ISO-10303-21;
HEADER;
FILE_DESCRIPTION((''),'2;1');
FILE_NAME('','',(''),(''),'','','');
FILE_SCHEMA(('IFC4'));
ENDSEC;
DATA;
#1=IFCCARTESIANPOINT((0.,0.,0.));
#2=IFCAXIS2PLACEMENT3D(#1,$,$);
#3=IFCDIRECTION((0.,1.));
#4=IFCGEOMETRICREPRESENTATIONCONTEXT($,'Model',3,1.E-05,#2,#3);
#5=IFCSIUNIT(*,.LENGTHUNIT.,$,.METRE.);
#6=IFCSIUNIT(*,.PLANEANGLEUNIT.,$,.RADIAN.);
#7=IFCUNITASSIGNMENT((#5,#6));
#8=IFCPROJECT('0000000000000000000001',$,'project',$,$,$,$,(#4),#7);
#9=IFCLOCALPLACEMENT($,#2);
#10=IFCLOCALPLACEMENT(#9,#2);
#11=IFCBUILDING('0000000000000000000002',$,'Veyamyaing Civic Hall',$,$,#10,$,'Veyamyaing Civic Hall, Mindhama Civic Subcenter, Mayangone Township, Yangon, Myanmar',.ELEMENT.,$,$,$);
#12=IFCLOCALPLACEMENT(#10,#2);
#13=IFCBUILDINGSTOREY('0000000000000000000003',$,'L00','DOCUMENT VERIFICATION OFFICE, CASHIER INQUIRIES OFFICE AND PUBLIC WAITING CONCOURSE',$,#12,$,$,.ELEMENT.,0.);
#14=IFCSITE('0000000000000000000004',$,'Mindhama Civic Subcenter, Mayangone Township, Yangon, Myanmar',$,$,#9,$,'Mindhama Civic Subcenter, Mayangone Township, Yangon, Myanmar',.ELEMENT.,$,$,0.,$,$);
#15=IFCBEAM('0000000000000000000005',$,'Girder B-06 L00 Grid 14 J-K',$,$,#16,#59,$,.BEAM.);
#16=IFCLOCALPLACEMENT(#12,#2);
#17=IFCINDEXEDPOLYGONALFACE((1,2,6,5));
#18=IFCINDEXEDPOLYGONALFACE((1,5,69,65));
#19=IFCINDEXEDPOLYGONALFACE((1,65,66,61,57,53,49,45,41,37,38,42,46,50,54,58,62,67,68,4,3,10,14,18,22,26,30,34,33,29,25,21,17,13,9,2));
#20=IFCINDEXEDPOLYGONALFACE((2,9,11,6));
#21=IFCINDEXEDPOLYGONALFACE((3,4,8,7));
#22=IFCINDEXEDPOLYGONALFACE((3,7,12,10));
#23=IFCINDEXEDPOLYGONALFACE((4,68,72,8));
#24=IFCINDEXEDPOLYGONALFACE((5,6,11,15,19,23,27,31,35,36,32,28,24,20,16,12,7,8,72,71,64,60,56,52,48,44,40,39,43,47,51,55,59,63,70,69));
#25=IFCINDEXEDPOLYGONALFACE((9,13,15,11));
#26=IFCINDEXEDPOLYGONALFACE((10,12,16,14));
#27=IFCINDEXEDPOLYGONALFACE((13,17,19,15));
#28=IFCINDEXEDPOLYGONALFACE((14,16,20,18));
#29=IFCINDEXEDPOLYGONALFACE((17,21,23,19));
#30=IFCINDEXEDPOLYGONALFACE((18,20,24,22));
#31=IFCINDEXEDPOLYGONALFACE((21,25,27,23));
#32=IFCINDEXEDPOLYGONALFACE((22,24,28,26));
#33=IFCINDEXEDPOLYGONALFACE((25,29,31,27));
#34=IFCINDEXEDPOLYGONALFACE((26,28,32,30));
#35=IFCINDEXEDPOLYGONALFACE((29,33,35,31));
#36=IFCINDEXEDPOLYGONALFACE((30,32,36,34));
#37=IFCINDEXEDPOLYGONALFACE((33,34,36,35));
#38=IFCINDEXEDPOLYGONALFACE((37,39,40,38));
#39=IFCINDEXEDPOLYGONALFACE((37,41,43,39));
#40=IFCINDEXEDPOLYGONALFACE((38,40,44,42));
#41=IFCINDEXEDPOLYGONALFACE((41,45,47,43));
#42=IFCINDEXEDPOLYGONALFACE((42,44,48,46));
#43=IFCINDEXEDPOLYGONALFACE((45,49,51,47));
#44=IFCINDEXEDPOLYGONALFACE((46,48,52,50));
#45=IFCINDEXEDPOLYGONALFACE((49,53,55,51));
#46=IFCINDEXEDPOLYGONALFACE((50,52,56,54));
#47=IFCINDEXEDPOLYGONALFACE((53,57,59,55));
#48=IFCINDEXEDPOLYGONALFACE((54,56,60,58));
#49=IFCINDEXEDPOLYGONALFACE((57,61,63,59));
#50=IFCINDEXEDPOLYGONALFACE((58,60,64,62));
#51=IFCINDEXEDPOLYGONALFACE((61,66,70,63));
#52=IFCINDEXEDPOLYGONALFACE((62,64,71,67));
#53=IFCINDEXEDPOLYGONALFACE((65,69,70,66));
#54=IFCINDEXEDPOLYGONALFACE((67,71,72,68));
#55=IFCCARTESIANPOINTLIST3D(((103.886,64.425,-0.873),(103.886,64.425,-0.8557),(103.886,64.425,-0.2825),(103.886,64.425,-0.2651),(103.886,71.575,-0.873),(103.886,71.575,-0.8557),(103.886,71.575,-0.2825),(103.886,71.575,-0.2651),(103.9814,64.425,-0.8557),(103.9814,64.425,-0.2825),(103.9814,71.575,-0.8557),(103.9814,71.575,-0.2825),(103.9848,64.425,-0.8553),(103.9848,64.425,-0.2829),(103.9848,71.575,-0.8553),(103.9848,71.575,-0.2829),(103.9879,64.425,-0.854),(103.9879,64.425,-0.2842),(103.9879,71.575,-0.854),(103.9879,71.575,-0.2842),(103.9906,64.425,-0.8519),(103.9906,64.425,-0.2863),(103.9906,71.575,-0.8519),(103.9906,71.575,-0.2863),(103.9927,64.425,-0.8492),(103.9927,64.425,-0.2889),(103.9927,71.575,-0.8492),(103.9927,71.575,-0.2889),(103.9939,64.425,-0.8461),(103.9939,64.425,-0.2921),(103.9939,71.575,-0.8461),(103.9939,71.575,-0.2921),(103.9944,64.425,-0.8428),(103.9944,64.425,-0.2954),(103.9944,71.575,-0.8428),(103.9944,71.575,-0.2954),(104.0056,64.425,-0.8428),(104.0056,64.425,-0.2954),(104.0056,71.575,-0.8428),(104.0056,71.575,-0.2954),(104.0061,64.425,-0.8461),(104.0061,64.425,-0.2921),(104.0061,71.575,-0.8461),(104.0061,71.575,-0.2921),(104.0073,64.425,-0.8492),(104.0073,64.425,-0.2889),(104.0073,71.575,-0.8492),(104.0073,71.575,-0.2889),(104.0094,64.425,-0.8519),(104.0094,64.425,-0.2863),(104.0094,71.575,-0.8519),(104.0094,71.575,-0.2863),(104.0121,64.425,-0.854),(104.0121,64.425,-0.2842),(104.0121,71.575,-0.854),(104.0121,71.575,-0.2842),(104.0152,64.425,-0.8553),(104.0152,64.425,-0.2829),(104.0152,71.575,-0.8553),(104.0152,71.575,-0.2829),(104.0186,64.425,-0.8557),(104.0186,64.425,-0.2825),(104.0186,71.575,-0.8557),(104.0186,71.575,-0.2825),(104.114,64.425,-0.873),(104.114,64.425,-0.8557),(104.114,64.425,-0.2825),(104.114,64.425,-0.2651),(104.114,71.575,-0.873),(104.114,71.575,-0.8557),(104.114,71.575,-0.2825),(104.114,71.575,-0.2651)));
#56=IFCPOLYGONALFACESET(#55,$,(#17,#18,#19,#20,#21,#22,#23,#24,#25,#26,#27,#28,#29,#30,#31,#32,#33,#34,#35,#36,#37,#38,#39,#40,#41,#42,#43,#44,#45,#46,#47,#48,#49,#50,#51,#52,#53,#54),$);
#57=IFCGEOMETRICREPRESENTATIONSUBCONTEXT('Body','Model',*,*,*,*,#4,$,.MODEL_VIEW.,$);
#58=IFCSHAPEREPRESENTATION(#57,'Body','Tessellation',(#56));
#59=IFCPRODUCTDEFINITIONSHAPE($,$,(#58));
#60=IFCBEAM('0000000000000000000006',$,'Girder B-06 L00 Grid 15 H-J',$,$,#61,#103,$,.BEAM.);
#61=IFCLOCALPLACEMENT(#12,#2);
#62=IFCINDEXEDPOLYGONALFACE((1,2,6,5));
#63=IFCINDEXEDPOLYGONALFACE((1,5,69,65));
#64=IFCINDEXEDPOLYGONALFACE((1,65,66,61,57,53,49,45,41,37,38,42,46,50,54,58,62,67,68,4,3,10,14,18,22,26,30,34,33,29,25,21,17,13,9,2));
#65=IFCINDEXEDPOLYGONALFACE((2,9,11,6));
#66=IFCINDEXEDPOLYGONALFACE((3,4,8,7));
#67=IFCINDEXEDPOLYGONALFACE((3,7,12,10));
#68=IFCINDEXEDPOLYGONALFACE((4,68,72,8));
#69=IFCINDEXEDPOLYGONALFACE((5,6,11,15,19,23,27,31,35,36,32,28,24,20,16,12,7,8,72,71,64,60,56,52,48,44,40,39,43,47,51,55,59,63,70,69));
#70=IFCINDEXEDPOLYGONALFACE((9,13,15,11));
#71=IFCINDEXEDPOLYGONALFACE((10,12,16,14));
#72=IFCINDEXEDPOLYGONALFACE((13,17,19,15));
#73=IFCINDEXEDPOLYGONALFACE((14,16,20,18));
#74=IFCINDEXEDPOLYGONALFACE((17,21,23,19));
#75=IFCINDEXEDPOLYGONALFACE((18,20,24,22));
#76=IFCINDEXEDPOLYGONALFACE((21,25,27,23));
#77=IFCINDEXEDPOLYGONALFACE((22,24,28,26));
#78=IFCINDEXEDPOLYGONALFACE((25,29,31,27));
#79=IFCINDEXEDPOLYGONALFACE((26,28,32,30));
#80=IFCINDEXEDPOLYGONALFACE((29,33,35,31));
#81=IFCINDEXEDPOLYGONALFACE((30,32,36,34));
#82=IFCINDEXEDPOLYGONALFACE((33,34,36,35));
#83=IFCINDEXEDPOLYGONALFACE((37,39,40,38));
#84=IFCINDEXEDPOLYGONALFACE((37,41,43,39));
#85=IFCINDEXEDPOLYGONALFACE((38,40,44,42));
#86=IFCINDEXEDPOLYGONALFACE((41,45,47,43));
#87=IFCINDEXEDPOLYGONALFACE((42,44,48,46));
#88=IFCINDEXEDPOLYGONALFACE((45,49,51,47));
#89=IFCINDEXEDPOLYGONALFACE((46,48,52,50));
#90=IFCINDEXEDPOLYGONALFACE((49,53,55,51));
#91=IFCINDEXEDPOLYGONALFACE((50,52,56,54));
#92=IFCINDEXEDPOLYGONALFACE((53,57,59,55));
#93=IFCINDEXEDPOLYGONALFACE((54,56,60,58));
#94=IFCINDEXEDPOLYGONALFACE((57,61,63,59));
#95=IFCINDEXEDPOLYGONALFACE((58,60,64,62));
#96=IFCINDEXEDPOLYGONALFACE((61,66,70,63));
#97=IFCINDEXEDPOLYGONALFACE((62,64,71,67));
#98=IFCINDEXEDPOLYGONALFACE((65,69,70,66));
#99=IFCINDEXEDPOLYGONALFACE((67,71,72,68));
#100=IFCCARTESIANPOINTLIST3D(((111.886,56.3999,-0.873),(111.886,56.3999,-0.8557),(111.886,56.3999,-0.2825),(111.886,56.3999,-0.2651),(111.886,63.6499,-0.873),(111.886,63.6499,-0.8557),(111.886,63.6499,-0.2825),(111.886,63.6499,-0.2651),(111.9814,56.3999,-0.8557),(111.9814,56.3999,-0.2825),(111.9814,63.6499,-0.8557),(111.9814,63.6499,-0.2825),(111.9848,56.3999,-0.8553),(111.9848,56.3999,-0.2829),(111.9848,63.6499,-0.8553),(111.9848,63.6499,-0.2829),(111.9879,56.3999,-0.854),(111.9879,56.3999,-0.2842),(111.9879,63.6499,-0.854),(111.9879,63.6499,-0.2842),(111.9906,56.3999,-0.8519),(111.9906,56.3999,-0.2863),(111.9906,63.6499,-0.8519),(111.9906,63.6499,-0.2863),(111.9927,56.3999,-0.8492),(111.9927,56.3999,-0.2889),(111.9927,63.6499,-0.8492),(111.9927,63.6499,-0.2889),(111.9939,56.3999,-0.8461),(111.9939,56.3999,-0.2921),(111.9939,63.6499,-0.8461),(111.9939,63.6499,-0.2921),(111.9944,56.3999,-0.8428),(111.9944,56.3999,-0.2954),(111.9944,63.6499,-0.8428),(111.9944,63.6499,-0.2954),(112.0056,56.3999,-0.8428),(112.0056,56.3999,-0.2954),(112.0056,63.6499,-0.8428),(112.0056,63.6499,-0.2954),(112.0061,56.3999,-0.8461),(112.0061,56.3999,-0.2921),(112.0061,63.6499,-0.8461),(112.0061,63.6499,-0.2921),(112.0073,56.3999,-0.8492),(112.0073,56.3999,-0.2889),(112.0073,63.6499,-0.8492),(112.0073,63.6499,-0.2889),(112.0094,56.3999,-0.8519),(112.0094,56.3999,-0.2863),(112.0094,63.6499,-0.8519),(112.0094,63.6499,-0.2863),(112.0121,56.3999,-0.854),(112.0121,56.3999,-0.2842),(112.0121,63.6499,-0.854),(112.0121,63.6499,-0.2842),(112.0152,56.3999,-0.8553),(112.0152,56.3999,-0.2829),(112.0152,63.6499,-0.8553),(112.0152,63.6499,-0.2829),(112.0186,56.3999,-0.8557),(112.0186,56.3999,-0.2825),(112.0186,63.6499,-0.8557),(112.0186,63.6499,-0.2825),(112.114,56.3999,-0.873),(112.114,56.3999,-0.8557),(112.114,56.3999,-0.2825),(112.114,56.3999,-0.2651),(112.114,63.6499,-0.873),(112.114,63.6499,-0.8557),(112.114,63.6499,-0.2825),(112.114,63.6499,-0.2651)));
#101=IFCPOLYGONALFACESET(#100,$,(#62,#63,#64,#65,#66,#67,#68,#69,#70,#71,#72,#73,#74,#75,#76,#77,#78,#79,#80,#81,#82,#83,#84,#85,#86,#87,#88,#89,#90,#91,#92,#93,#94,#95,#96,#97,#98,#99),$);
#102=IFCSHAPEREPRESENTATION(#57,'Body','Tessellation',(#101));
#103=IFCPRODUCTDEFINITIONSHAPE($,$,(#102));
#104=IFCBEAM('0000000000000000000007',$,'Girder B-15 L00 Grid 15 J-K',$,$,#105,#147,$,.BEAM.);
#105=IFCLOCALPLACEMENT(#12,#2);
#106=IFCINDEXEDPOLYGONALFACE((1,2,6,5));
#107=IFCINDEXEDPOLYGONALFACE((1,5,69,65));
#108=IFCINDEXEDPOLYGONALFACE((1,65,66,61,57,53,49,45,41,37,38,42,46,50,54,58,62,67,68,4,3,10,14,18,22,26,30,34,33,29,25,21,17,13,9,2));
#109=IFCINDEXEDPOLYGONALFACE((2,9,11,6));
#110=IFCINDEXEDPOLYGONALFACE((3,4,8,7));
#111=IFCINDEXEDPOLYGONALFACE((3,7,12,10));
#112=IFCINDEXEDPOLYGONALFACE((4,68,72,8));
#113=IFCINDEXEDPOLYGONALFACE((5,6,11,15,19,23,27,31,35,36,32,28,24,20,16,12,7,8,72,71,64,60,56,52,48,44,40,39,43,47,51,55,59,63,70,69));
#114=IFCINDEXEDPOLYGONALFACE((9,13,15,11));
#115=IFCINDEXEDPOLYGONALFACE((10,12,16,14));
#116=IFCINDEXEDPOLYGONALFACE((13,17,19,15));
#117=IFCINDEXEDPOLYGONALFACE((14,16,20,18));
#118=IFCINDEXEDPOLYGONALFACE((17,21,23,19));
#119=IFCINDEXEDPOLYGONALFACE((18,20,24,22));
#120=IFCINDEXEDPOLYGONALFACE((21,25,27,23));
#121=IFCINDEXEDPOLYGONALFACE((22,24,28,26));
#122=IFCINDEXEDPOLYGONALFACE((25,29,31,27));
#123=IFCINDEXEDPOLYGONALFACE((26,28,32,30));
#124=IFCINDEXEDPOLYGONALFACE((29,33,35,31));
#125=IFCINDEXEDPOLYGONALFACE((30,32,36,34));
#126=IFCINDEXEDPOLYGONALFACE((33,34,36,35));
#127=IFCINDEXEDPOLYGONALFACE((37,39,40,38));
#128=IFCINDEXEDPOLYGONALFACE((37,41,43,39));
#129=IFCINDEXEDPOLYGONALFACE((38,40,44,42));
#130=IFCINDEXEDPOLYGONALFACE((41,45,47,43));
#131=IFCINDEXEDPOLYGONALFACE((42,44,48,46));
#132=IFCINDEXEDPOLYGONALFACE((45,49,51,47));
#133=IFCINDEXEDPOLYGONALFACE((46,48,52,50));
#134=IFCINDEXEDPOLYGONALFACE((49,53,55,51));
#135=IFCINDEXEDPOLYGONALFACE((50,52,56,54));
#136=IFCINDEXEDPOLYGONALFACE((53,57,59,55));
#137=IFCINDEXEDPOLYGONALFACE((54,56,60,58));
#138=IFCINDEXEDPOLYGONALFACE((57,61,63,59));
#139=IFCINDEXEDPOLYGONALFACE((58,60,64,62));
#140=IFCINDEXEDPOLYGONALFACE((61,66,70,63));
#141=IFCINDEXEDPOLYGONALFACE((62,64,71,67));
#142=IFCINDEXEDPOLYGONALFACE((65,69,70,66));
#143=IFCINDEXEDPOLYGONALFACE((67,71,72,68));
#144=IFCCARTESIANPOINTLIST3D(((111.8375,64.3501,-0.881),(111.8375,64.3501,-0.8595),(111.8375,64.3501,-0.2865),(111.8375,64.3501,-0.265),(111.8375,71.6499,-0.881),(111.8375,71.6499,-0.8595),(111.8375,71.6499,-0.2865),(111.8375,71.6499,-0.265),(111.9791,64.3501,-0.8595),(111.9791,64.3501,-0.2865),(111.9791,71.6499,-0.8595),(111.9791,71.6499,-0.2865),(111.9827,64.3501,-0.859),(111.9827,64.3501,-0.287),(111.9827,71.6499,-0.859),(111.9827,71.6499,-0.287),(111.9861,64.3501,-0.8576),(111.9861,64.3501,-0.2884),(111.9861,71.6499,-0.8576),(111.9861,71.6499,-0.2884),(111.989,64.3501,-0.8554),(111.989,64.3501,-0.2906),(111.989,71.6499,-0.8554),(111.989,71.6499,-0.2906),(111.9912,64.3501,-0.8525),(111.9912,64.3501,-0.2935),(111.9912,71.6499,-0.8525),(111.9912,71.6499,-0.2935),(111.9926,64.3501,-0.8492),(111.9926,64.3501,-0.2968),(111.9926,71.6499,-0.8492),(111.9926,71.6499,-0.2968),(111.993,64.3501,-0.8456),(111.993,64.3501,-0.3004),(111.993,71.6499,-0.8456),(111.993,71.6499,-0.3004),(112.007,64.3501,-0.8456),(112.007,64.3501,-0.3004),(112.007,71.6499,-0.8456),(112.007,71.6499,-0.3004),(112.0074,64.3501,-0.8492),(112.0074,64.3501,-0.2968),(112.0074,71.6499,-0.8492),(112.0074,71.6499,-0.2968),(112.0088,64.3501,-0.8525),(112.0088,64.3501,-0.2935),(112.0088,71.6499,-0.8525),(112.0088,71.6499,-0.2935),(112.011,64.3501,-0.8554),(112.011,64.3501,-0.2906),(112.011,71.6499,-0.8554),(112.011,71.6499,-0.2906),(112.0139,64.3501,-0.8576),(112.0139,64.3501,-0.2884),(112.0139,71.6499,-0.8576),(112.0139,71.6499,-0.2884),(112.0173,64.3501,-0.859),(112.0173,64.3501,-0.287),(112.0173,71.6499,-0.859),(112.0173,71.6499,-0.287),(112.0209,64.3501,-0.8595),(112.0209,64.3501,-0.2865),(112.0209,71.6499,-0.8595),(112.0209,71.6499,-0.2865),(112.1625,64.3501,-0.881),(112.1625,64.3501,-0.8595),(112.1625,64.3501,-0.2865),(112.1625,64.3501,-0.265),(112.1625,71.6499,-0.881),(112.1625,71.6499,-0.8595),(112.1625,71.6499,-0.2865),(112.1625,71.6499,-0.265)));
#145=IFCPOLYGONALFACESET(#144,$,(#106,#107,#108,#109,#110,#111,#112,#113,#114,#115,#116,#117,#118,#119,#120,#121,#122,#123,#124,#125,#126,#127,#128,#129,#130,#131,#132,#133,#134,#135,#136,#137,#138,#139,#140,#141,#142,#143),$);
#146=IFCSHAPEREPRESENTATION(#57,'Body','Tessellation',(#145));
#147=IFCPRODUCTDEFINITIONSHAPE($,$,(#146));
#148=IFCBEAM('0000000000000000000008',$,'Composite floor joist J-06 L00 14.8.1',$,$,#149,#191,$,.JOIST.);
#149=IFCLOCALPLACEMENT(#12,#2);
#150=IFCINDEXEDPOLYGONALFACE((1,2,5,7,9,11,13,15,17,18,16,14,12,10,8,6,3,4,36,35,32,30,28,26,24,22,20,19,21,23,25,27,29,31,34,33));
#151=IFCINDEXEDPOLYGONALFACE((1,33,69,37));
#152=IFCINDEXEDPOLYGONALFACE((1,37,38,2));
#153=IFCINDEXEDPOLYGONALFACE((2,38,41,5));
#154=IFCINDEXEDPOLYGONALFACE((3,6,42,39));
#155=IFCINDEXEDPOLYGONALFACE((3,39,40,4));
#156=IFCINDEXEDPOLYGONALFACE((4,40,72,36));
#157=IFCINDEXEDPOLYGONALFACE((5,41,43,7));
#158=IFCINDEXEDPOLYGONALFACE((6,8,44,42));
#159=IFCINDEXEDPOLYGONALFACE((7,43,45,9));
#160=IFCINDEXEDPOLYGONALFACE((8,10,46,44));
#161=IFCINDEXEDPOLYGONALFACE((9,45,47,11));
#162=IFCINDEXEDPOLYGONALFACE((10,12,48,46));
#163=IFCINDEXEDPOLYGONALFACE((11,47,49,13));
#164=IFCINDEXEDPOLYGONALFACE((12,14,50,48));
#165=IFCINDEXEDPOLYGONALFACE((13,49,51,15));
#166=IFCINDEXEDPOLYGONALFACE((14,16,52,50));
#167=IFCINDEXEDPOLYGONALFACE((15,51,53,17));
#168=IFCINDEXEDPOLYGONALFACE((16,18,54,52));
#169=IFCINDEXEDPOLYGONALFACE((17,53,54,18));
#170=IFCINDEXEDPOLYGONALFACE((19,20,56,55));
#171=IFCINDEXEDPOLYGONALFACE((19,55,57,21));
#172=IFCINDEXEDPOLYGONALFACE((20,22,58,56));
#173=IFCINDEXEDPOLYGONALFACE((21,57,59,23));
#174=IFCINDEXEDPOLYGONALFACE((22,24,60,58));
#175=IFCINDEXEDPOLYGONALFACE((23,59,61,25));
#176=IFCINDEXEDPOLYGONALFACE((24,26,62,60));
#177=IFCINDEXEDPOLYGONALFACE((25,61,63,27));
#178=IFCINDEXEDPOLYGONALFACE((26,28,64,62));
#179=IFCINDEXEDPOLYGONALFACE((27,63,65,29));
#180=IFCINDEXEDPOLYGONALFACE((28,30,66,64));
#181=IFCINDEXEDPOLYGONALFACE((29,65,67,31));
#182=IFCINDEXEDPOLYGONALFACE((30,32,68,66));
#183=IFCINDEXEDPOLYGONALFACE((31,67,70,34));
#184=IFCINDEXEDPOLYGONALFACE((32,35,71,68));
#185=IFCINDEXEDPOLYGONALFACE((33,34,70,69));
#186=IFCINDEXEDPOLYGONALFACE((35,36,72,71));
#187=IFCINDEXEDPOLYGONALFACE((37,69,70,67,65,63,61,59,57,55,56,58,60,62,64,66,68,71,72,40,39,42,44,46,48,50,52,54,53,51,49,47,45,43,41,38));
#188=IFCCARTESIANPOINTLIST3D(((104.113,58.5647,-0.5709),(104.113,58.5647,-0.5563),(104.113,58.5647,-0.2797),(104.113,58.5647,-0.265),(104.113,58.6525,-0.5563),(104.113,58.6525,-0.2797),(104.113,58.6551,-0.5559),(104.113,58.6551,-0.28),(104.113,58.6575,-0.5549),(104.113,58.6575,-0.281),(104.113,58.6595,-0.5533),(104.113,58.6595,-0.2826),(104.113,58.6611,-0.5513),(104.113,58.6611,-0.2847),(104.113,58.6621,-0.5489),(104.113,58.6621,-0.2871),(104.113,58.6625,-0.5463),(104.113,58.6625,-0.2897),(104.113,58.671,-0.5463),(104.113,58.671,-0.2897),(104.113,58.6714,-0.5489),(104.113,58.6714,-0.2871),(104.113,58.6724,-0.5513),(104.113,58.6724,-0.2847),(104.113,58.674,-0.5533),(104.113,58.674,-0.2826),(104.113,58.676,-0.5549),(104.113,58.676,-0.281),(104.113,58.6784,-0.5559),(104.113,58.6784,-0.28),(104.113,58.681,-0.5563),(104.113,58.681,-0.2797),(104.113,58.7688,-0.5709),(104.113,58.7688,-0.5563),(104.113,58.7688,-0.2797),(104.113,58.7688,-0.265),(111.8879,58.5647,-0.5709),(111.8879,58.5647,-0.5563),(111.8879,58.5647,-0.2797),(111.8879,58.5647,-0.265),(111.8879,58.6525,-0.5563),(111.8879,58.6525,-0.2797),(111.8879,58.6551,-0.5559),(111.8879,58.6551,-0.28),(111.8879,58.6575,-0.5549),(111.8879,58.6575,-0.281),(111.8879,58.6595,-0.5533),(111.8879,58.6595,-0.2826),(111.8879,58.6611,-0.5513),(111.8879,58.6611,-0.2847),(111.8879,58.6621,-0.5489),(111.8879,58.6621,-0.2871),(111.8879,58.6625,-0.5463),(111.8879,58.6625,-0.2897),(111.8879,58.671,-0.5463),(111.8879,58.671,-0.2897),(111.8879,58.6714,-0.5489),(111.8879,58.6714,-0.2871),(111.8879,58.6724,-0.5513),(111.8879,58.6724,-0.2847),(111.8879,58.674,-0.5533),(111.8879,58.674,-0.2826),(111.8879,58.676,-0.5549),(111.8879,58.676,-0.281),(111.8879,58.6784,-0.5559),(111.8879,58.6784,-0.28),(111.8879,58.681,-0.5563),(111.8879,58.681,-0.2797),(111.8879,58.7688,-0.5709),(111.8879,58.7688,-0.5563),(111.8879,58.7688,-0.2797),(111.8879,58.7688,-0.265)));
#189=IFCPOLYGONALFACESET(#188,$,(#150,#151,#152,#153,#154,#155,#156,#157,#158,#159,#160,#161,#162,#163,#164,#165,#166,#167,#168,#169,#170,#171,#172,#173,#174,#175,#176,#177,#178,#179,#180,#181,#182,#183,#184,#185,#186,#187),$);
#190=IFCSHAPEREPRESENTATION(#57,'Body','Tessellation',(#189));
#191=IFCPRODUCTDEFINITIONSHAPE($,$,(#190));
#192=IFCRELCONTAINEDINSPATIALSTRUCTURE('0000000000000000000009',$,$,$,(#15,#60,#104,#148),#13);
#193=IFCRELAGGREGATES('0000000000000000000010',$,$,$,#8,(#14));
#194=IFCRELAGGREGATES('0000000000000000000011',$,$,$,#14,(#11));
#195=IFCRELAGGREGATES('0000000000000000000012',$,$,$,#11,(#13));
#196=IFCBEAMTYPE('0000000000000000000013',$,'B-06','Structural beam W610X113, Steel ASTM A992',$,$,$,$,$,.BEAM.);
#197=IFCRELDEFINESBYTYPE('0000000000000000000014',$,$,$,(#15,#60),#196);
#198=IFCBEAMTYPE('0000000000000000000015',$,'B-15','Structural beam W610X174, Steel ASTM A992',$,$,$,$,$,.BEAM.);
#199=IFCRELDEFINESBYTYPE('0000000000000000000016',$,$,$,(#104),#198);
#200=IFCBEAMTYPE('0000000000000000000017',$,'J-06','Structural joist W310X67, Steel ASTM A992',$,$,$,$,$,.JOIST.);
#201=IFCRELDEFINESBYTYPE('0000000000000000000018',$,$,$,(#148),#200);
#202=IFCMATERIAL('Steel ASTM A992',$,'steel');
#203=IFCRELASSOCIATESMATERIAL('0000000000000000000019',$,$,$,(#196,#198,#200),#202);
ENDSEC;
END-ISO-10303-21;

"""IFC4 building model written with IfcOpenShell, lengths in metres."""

from ifc_helpers import new_model, si_unit, direction, frame, origin, origin_2d, place, context, subcontext, project, spatial, i_section, extrude, material, material_profile, profile_set, type_object, element, save


model = new_model("IFC4")

# Units and contexts
model_context = context("Model", 3, precision=1e-05, world=origin(), true_north=direction((0.0, 1.0)))
body_context = subcontext(model_context, "Body", "Model", "MODEL_VIEW")
ifc_project = project(units=[si_unit("LENGTHUNIT", "METRE"), si_unit("PLANEANGLEUNIT", "RADIAN")], contexts=[model_context])

# Site, building, storey
site_placement = place(None, origin())
site = spatial("IfcSite", under=ifc_project, at=site_placement, Name="Mindhama Civic Subcenter, Mayangone Township, Yangon, Myanmar", LongName="Mindhama Civic Subcenter, Mayangone Township, Yangon, Myanmar", CompositionType="ELEMENT", RefElevation=0.0)
building_placement = place(site_placement, origin())
building = spatial("IfcBuilding", under=site, at=building_placement, Name="Veyamyaing Civic Hall", LongName="Veyamyaing Civic Hall, Mindhama Civic Subcenter, Mayangone Township, Yangon, Myanmar", CompositionType="ELEMENT")
storey_placement = place(building_placement, origin())
storey = spatial("IfcBuildingStorey", under=building, at=storey_placement, Name="L00", Description="DOCUMENT VERIFICATION OFFICE, CASHIER INQUIRIES OFFICE AND PUBLIC WAITING CONCOURSE", CompositionType="ELEMENT", Elevation=0.0)

# Beams
ifc_material_1 = material(Name="Steel ASTM A992", Category="steel")
ifc_material_profile_1 = material_profile(ifc_material_1, i_section(OverallWidth=0.228, OverallDepth=0.6079, WebThickness=0.0112, FlangeThickness=0.0173, FilletRadius=0.0129, at=origin_2d()), Name="W610X113")
ifc_profile_set_1 = profile_set([ifc_material_profile_1], Name="Steel ASTM A992")
beam_type_1 = type_object("IfcBeamType", Name="B-06", Description="Structural beam W610X113, Steel ASTM A992", PredefinedType="BEAM", material=ifc_profile_set_1)
beam_1_placement = place(storey_placement, frame((104.0, 64.425, -0.5691), z_axis=(0.0, 1.0, 0.0), x_axis=(-1.0, 0.0, 0.0)))
element("IfcBeam", 1, at=beam_1_placement, inside=storey, type_object=beam_type_1, Name="Girder B-06 L00 Grid 14 J-K", PredefinedType="BEAM", context=body_context, shape_type="SweptSolid", body=[
    extrude(i_section(OverallWidth=0.228, OverallDepth=0.6079, WebThickness=0.0112, FlangeThickness=0.0173, FilletRadius=0.0129, at=origin_2d()), origin(), (0.0, 0.0, 1.0), 7.1499),
])
beam_2_placement = place(storey_placement, frame((112.0, 56.3999, -0.5691), z_axis=(0.0, 1.0, 0.0), x_axis=(-1.0, 0.0, 0.0)))
element("IfcBeam", 2, at=beam_2_placement, inside=storey, type_object=beam_type_1, Name="Girder B-06 L00 Grid 15 H-J", PredefinedType="BEAM", context=body_context, shape_type="SweptSolid", body=[
    extrude(i_section(OverallWidth=0.228, OverallDepth=0.6079, WebThickness=0.0112, FlangeThickness=0.0173, FilletRadius=0.0129, at=origin_2d()), origin(), (0.0, 0.0, 1.0), 7.25),
])
ifc_material_profile_2 = material_profile(ifc_material_1, i_section(OverallWidth=0.325, OverallDepth=0.616, WebThickness=0.0139, FlangeThickness=0.0215, FilletRadius=0.0139, at=origin_2d()), Name="W610X174")
ifc_profile_set_2 = profile_set([ifc_material_profile_2], Name="Steel ASTM A992")
beam_type_2 = type_object("IfcBeamType", Name="B-15", Description="Structural beam W610X174, Steel ASTM A992", PredefinedType="BEAM", material=ifc_profile_set_2)
beam_3_placement = place(storey_placement, frame((112.0, 64.3501, -0.573), z_axis=(0.0, 1.0, 0.0), x_axis=(-1.0, 0.0, 0.0)))
element("IfcBeam", 3, at=beam_3_placement, inside=storey, type_object=beam_type_2, Name="Girder B-15 L00 Grid 15 J-K", PredefinedType="BEAM", context=body_context, shape_type="SweptSolid", body=[
    extrude(i_section(OverallWidth=0.325, OverallDepth=0.616, WebThickness=0.0139, FlangeThickness=0.0215, FilletRadius=0.0139, at=origin_2d()), origin(), (0.0, 0.0, 1.0), 7.2998),
])
ifc_material_profile_3 = material_profile(ifc_material_1, i_section(OverallWidth=0.2041, OverallDepth=0.3059, WebThickness=0.0085, FlangeThickness=0.0146, FilletRadius=0.01, at=origin_2d()), Name="W310X67")
ifc_profile_set_3 = profile_set([ifc_material_profile_3], Name="Steel ASTM A992")
beam_type_3 = type_object("IfcBeamType", Name="J-06", Description="Structural joist W310X67, Steel ASTM A992", PredefinedType="JOIST", material=ifc_profile_set_3)
for number, where, z_axis, x_axis, name in (
    (4, (104.113, 58.6667, -0.418), (1.0, 0.0, 0.0), (0.0, 1.0, 0.0), "Composite floor joist J-06 L00 14.8.1"),
):
    element("IfcBeam", number, at=place(storey_placement, frame(where, z_axis=z_axis, x_axis=x_axis)), inside=storey, type_object=beam_type_3, Name=name, PredefinedType="JOIST", context=body_context, shape_type="SweptSolid", body=[
        extrude(i_section(OverallWidth=0.2041, OverallDepth=0.3059, WebThickness=0.0085, FlangeThickness=0.0146, FilletRadius=0.01, at=origin_2d()), origin(), (0.0, 0.0, 1.0), 7.7749),
    ])

save(model, "model.ifc")
